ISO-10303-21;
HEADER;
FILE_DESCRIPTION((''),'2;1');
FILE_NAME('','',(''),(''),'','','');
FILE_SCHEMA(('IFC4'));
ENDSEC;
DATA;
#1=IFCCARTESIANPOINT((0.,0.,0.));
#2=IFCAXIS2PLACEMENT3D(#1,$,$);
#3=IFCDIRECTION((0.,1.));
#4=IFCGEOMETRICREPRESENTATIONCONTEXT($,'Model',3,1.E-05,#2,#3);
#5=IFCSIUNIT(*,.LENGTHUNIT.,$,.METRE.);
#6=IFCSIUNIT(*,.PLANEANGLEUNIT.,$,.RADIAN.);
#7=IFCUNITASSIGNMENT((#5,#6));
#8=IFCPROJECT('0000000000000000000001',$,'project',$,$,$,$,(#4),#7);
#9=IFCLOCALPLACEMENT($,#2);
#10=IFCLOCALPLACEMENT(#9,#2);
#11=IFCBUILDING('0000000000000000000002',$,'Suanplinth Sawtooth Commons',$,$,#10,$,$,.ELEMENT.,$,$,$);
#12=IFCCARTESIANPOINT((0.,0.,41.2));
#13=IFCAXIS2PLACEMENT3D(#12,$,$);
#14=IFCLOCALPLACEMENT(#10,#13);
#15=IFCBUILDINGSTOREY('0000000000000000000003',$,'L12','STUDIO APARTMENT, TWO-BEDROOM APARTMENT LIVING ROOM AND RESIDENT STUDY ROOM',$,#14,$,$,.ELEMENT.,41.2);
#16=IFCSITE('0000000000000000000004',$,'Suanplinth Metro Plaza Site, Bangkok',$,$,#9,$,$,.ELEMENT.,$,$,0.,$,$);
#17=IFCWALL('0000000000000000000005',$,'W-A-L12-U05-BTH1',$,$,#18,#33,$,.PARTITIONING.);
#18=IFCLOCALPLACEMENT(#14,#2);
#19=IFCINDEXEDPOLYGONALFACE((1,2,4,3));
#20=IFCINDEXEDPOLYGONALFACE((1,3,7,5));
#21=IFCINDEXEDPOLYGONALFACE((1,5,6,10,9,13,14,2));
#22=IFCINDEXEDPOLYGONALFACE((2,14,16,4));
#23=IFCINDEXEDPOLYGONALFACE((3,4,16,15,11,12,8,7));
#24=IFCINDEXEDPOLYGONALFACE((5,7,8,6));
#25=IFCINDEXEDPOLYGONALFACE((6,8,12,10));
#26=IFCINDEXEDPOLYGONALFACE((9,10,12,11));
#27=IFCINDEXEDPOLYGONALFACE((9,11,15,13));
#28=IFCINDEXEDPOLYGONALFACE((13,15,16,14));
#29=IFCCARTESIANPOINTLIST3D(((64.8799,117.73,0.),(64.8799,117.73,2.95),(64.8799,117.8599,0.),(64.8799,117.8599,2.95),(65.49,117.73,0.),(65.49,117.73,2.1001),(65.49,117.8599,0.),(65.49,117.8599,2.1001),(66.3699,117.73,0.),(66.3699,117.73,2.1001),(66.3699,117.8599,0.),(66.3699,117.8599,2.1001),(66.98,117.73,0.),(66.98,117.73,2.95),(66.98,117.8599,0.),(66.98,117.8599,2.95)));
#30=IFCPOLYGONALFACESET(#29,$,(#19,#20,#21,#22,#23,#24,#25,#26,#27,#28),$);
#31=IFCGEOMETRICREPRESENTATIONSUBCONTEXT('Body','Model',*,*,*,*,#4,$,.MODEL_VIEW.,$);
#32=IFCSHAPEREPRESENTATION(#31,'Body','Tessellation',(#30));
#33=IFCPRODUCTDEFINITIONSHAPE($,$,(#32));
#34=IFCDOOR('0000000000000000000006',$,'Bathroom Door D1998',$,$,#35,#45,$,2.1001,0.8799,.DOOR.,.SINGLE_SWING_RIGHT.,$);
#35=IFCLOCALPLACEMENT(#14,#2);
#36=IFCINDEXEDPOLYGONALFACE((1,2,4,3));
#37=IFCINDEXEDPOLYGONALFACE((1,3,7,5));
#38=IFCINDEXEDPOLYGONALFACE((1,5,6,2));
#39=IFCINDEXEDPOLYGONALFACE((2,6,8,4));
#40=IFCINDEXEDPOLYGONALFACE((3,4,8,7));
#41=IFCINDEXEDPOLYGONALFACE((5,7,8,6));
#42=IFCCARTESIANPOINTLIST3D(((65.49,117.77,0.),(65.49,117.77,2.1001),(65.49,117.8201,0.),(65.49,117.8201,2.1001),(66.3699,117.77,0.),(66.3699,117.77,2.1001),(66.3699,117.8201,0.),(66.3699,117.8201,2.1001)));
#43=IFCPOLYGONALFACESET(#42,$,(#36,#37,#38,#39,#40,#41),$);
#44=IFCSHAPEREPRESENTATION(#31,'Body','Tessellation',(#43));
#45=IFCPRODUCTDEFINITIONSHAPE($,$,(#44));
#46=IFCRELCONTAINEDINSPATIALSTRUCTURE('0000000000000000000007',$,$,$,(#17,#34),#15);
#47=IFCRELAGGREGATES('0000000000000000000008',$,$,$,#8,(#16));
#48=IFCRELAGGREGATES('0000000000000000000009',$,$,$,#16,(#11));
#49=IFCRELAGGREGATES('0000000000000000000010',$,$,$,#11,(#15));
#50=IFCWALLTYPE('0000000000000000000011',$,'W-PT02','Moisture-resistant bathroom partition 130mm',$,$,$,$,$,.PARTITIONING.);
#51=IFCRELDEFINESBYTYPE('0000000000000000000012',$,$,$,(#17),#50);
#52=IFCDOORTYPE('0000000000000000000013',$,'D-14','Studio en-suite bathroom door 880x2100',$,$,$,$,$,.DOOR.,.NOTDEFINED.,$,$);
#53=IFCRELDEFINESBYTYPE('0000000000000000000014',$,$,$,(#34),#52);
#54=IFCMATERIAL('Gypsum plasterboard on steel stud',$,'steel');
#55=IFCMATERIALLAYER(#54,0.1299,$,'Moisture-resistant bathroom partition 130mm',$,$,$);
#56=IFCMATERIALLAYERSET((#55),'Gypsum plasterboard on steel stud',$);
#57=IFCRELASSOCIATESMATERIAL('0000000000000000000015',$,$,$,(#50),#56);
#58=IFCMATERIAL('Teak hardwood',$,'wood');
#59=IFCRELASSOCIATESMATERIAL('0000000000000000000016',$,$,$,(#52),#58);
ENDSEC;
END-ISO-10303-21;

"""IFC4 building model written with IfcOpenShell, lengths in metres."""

from ifc_helpers import new_model, si_unit, direction, frame, frame_2d, origin, place, context, subcontext, project, spatial, rectangle, extrude, material, layer, layer_set, type_object, element, fill, save


model = new_model("IFC4")

# Units and contexts
model_context = context("Model", 3, precision=1e-05, world=origin(), true_north=direction((0.0, 1.0)))
body_context = subcontext(model_context, "Body", "Model", "MODEL_VIEW")
ifc_project = project(units=[si_unit("LENGTHUNIT", "METRE"), si_unit("PLANEANGLEUNIT", "RADIAN")], contexts=[model_context])

# Site, building, storey
site_placement = place(None, origin())
site = spatial("IfcSite", under=ifc_project, at=site_placement, Name="Suanplinth Metro Plaza Site, Bangkok", CompositionType="ELEMENT", RefElevation=0.0)
building_placement = place(site_placement, origin())
building = spatial("IfcBuilding", under=site, at=building_placement, Name="Suanplinth Sawtooth Commons", CompositionType="ELEMENT")
storey_placement = place(building_placement, frame((0.0, 0.0, 41.2)))
storey = spatial("IfcBuildingStorey", under=building, at=storey_placement, Name="L12", Description="STUDIO APARTMENT, TWO-BEDROOM APARTMENT LIVING ROOM AND RESIDENT STUDY ROOM", CompositionType="ELEMENT", Elevation=41.2)

# Shared definitions
ifc_material_1 = material(Name="Gypsum plasterboard on steel stud", Category="steel")
ifc_material_2 = material(Name="Teak hardwood", Category="wood")

# Shared definitions
ifc_layer_1 = layer(ifc_material_1, 0.1299, Name="Moisture-resistant bathroom partition 130mm")
ifc_layer_set_1 = layer_set([ifc_layer_1], Name="Gypsum plasterboard on steel stud")
wall_type_1 = type_object("IfcWallType", Name="W-PT02", Description="Moisture-resistant bathroom partition 130mm", PredefinedType="PARTITIONING", material=ifc_layer_set_1)

# Wall, opening, door
wall_1_placement = place(storey_placement, frame((64.8799, 117.7949, 0.0), z_axis=(0.0, 0.0, 1.0), x_axis=(1.0, 0.0, 0.0)))
wall_1 = element("IfcWall", 1, at=wall_1_placement, inside=storey, type_object=wall_type_1, Name="W-A-L12-U05-BTH1", PredefinedType="PARTITIONING", context=body_context, shape_type="SweptSolid", body=[
    extrude(rectangle(XDim=2.1001, YDim=0.1299, at=frame_2d((1.05, 0.0))), origin(), (0.0, 0.0, 1.0), 2.95),
])
opening_1_placement = place(wall_1_placement, frame((0.6101, 0.0, 0.0)))
opening_1 = element("IfcOpeningElement", 2, at=opening_1_placement, cuts=wall_1, PredefinedType="OPENING", context=body_context, shape_type="SweptSolid", body=[
    extrude(rectangle(XDim=0.8799, YDim=2.1001, at=frame_2d((0.4399, 1.05))), frame((0.0, 0.0798, 0.0), z_axis=(0.0, -1.0, 0.0), x_axis=(1.0, 0.0, 0.0)), (0.0, 0.0, 1.0), 0.1597),
])
door_type_1 = type_object("IfcDoorType", Name="D-14", Description="Studio en-suite bathroom door 880x2100", OperationType="NOTDEFINED", PredefinedType="DOOR", material=ifc_material_2)
door_1_placement = place(opening_1_placement, frame((0.8799, 0.0, 0.0), z_axis=(0.0, 0.0, 1.0), x_axis=(-1.0, 0.0, 0.0)))
door_1 = element("IfcDoor", 3, at=door_1_placement, inside=storey, type_object=door_type_1, Name="Bathroom Door D1998", OperationType="SINGLE_SWING_RIGHT", OverallHeight=2.1001, OverallWidth=0.8799, PredefinedType="DOOR", context=body_context, shape_type="SweptSolid", body=[
    extrude(rectangle(XDim=0.8799, YDim=2.1001, at=frame_2d((0.4399, 1.05))), frame((0.0, 0.0249, 0.0), z_axis=(0.0, -1.0, 0.0), x_axis=(1.0, 0.0, 0.0)), (0.0, 0.0, 1.0), 0.05),
])
fill(opening_1, door_1)

save(model, "model.ifc")
